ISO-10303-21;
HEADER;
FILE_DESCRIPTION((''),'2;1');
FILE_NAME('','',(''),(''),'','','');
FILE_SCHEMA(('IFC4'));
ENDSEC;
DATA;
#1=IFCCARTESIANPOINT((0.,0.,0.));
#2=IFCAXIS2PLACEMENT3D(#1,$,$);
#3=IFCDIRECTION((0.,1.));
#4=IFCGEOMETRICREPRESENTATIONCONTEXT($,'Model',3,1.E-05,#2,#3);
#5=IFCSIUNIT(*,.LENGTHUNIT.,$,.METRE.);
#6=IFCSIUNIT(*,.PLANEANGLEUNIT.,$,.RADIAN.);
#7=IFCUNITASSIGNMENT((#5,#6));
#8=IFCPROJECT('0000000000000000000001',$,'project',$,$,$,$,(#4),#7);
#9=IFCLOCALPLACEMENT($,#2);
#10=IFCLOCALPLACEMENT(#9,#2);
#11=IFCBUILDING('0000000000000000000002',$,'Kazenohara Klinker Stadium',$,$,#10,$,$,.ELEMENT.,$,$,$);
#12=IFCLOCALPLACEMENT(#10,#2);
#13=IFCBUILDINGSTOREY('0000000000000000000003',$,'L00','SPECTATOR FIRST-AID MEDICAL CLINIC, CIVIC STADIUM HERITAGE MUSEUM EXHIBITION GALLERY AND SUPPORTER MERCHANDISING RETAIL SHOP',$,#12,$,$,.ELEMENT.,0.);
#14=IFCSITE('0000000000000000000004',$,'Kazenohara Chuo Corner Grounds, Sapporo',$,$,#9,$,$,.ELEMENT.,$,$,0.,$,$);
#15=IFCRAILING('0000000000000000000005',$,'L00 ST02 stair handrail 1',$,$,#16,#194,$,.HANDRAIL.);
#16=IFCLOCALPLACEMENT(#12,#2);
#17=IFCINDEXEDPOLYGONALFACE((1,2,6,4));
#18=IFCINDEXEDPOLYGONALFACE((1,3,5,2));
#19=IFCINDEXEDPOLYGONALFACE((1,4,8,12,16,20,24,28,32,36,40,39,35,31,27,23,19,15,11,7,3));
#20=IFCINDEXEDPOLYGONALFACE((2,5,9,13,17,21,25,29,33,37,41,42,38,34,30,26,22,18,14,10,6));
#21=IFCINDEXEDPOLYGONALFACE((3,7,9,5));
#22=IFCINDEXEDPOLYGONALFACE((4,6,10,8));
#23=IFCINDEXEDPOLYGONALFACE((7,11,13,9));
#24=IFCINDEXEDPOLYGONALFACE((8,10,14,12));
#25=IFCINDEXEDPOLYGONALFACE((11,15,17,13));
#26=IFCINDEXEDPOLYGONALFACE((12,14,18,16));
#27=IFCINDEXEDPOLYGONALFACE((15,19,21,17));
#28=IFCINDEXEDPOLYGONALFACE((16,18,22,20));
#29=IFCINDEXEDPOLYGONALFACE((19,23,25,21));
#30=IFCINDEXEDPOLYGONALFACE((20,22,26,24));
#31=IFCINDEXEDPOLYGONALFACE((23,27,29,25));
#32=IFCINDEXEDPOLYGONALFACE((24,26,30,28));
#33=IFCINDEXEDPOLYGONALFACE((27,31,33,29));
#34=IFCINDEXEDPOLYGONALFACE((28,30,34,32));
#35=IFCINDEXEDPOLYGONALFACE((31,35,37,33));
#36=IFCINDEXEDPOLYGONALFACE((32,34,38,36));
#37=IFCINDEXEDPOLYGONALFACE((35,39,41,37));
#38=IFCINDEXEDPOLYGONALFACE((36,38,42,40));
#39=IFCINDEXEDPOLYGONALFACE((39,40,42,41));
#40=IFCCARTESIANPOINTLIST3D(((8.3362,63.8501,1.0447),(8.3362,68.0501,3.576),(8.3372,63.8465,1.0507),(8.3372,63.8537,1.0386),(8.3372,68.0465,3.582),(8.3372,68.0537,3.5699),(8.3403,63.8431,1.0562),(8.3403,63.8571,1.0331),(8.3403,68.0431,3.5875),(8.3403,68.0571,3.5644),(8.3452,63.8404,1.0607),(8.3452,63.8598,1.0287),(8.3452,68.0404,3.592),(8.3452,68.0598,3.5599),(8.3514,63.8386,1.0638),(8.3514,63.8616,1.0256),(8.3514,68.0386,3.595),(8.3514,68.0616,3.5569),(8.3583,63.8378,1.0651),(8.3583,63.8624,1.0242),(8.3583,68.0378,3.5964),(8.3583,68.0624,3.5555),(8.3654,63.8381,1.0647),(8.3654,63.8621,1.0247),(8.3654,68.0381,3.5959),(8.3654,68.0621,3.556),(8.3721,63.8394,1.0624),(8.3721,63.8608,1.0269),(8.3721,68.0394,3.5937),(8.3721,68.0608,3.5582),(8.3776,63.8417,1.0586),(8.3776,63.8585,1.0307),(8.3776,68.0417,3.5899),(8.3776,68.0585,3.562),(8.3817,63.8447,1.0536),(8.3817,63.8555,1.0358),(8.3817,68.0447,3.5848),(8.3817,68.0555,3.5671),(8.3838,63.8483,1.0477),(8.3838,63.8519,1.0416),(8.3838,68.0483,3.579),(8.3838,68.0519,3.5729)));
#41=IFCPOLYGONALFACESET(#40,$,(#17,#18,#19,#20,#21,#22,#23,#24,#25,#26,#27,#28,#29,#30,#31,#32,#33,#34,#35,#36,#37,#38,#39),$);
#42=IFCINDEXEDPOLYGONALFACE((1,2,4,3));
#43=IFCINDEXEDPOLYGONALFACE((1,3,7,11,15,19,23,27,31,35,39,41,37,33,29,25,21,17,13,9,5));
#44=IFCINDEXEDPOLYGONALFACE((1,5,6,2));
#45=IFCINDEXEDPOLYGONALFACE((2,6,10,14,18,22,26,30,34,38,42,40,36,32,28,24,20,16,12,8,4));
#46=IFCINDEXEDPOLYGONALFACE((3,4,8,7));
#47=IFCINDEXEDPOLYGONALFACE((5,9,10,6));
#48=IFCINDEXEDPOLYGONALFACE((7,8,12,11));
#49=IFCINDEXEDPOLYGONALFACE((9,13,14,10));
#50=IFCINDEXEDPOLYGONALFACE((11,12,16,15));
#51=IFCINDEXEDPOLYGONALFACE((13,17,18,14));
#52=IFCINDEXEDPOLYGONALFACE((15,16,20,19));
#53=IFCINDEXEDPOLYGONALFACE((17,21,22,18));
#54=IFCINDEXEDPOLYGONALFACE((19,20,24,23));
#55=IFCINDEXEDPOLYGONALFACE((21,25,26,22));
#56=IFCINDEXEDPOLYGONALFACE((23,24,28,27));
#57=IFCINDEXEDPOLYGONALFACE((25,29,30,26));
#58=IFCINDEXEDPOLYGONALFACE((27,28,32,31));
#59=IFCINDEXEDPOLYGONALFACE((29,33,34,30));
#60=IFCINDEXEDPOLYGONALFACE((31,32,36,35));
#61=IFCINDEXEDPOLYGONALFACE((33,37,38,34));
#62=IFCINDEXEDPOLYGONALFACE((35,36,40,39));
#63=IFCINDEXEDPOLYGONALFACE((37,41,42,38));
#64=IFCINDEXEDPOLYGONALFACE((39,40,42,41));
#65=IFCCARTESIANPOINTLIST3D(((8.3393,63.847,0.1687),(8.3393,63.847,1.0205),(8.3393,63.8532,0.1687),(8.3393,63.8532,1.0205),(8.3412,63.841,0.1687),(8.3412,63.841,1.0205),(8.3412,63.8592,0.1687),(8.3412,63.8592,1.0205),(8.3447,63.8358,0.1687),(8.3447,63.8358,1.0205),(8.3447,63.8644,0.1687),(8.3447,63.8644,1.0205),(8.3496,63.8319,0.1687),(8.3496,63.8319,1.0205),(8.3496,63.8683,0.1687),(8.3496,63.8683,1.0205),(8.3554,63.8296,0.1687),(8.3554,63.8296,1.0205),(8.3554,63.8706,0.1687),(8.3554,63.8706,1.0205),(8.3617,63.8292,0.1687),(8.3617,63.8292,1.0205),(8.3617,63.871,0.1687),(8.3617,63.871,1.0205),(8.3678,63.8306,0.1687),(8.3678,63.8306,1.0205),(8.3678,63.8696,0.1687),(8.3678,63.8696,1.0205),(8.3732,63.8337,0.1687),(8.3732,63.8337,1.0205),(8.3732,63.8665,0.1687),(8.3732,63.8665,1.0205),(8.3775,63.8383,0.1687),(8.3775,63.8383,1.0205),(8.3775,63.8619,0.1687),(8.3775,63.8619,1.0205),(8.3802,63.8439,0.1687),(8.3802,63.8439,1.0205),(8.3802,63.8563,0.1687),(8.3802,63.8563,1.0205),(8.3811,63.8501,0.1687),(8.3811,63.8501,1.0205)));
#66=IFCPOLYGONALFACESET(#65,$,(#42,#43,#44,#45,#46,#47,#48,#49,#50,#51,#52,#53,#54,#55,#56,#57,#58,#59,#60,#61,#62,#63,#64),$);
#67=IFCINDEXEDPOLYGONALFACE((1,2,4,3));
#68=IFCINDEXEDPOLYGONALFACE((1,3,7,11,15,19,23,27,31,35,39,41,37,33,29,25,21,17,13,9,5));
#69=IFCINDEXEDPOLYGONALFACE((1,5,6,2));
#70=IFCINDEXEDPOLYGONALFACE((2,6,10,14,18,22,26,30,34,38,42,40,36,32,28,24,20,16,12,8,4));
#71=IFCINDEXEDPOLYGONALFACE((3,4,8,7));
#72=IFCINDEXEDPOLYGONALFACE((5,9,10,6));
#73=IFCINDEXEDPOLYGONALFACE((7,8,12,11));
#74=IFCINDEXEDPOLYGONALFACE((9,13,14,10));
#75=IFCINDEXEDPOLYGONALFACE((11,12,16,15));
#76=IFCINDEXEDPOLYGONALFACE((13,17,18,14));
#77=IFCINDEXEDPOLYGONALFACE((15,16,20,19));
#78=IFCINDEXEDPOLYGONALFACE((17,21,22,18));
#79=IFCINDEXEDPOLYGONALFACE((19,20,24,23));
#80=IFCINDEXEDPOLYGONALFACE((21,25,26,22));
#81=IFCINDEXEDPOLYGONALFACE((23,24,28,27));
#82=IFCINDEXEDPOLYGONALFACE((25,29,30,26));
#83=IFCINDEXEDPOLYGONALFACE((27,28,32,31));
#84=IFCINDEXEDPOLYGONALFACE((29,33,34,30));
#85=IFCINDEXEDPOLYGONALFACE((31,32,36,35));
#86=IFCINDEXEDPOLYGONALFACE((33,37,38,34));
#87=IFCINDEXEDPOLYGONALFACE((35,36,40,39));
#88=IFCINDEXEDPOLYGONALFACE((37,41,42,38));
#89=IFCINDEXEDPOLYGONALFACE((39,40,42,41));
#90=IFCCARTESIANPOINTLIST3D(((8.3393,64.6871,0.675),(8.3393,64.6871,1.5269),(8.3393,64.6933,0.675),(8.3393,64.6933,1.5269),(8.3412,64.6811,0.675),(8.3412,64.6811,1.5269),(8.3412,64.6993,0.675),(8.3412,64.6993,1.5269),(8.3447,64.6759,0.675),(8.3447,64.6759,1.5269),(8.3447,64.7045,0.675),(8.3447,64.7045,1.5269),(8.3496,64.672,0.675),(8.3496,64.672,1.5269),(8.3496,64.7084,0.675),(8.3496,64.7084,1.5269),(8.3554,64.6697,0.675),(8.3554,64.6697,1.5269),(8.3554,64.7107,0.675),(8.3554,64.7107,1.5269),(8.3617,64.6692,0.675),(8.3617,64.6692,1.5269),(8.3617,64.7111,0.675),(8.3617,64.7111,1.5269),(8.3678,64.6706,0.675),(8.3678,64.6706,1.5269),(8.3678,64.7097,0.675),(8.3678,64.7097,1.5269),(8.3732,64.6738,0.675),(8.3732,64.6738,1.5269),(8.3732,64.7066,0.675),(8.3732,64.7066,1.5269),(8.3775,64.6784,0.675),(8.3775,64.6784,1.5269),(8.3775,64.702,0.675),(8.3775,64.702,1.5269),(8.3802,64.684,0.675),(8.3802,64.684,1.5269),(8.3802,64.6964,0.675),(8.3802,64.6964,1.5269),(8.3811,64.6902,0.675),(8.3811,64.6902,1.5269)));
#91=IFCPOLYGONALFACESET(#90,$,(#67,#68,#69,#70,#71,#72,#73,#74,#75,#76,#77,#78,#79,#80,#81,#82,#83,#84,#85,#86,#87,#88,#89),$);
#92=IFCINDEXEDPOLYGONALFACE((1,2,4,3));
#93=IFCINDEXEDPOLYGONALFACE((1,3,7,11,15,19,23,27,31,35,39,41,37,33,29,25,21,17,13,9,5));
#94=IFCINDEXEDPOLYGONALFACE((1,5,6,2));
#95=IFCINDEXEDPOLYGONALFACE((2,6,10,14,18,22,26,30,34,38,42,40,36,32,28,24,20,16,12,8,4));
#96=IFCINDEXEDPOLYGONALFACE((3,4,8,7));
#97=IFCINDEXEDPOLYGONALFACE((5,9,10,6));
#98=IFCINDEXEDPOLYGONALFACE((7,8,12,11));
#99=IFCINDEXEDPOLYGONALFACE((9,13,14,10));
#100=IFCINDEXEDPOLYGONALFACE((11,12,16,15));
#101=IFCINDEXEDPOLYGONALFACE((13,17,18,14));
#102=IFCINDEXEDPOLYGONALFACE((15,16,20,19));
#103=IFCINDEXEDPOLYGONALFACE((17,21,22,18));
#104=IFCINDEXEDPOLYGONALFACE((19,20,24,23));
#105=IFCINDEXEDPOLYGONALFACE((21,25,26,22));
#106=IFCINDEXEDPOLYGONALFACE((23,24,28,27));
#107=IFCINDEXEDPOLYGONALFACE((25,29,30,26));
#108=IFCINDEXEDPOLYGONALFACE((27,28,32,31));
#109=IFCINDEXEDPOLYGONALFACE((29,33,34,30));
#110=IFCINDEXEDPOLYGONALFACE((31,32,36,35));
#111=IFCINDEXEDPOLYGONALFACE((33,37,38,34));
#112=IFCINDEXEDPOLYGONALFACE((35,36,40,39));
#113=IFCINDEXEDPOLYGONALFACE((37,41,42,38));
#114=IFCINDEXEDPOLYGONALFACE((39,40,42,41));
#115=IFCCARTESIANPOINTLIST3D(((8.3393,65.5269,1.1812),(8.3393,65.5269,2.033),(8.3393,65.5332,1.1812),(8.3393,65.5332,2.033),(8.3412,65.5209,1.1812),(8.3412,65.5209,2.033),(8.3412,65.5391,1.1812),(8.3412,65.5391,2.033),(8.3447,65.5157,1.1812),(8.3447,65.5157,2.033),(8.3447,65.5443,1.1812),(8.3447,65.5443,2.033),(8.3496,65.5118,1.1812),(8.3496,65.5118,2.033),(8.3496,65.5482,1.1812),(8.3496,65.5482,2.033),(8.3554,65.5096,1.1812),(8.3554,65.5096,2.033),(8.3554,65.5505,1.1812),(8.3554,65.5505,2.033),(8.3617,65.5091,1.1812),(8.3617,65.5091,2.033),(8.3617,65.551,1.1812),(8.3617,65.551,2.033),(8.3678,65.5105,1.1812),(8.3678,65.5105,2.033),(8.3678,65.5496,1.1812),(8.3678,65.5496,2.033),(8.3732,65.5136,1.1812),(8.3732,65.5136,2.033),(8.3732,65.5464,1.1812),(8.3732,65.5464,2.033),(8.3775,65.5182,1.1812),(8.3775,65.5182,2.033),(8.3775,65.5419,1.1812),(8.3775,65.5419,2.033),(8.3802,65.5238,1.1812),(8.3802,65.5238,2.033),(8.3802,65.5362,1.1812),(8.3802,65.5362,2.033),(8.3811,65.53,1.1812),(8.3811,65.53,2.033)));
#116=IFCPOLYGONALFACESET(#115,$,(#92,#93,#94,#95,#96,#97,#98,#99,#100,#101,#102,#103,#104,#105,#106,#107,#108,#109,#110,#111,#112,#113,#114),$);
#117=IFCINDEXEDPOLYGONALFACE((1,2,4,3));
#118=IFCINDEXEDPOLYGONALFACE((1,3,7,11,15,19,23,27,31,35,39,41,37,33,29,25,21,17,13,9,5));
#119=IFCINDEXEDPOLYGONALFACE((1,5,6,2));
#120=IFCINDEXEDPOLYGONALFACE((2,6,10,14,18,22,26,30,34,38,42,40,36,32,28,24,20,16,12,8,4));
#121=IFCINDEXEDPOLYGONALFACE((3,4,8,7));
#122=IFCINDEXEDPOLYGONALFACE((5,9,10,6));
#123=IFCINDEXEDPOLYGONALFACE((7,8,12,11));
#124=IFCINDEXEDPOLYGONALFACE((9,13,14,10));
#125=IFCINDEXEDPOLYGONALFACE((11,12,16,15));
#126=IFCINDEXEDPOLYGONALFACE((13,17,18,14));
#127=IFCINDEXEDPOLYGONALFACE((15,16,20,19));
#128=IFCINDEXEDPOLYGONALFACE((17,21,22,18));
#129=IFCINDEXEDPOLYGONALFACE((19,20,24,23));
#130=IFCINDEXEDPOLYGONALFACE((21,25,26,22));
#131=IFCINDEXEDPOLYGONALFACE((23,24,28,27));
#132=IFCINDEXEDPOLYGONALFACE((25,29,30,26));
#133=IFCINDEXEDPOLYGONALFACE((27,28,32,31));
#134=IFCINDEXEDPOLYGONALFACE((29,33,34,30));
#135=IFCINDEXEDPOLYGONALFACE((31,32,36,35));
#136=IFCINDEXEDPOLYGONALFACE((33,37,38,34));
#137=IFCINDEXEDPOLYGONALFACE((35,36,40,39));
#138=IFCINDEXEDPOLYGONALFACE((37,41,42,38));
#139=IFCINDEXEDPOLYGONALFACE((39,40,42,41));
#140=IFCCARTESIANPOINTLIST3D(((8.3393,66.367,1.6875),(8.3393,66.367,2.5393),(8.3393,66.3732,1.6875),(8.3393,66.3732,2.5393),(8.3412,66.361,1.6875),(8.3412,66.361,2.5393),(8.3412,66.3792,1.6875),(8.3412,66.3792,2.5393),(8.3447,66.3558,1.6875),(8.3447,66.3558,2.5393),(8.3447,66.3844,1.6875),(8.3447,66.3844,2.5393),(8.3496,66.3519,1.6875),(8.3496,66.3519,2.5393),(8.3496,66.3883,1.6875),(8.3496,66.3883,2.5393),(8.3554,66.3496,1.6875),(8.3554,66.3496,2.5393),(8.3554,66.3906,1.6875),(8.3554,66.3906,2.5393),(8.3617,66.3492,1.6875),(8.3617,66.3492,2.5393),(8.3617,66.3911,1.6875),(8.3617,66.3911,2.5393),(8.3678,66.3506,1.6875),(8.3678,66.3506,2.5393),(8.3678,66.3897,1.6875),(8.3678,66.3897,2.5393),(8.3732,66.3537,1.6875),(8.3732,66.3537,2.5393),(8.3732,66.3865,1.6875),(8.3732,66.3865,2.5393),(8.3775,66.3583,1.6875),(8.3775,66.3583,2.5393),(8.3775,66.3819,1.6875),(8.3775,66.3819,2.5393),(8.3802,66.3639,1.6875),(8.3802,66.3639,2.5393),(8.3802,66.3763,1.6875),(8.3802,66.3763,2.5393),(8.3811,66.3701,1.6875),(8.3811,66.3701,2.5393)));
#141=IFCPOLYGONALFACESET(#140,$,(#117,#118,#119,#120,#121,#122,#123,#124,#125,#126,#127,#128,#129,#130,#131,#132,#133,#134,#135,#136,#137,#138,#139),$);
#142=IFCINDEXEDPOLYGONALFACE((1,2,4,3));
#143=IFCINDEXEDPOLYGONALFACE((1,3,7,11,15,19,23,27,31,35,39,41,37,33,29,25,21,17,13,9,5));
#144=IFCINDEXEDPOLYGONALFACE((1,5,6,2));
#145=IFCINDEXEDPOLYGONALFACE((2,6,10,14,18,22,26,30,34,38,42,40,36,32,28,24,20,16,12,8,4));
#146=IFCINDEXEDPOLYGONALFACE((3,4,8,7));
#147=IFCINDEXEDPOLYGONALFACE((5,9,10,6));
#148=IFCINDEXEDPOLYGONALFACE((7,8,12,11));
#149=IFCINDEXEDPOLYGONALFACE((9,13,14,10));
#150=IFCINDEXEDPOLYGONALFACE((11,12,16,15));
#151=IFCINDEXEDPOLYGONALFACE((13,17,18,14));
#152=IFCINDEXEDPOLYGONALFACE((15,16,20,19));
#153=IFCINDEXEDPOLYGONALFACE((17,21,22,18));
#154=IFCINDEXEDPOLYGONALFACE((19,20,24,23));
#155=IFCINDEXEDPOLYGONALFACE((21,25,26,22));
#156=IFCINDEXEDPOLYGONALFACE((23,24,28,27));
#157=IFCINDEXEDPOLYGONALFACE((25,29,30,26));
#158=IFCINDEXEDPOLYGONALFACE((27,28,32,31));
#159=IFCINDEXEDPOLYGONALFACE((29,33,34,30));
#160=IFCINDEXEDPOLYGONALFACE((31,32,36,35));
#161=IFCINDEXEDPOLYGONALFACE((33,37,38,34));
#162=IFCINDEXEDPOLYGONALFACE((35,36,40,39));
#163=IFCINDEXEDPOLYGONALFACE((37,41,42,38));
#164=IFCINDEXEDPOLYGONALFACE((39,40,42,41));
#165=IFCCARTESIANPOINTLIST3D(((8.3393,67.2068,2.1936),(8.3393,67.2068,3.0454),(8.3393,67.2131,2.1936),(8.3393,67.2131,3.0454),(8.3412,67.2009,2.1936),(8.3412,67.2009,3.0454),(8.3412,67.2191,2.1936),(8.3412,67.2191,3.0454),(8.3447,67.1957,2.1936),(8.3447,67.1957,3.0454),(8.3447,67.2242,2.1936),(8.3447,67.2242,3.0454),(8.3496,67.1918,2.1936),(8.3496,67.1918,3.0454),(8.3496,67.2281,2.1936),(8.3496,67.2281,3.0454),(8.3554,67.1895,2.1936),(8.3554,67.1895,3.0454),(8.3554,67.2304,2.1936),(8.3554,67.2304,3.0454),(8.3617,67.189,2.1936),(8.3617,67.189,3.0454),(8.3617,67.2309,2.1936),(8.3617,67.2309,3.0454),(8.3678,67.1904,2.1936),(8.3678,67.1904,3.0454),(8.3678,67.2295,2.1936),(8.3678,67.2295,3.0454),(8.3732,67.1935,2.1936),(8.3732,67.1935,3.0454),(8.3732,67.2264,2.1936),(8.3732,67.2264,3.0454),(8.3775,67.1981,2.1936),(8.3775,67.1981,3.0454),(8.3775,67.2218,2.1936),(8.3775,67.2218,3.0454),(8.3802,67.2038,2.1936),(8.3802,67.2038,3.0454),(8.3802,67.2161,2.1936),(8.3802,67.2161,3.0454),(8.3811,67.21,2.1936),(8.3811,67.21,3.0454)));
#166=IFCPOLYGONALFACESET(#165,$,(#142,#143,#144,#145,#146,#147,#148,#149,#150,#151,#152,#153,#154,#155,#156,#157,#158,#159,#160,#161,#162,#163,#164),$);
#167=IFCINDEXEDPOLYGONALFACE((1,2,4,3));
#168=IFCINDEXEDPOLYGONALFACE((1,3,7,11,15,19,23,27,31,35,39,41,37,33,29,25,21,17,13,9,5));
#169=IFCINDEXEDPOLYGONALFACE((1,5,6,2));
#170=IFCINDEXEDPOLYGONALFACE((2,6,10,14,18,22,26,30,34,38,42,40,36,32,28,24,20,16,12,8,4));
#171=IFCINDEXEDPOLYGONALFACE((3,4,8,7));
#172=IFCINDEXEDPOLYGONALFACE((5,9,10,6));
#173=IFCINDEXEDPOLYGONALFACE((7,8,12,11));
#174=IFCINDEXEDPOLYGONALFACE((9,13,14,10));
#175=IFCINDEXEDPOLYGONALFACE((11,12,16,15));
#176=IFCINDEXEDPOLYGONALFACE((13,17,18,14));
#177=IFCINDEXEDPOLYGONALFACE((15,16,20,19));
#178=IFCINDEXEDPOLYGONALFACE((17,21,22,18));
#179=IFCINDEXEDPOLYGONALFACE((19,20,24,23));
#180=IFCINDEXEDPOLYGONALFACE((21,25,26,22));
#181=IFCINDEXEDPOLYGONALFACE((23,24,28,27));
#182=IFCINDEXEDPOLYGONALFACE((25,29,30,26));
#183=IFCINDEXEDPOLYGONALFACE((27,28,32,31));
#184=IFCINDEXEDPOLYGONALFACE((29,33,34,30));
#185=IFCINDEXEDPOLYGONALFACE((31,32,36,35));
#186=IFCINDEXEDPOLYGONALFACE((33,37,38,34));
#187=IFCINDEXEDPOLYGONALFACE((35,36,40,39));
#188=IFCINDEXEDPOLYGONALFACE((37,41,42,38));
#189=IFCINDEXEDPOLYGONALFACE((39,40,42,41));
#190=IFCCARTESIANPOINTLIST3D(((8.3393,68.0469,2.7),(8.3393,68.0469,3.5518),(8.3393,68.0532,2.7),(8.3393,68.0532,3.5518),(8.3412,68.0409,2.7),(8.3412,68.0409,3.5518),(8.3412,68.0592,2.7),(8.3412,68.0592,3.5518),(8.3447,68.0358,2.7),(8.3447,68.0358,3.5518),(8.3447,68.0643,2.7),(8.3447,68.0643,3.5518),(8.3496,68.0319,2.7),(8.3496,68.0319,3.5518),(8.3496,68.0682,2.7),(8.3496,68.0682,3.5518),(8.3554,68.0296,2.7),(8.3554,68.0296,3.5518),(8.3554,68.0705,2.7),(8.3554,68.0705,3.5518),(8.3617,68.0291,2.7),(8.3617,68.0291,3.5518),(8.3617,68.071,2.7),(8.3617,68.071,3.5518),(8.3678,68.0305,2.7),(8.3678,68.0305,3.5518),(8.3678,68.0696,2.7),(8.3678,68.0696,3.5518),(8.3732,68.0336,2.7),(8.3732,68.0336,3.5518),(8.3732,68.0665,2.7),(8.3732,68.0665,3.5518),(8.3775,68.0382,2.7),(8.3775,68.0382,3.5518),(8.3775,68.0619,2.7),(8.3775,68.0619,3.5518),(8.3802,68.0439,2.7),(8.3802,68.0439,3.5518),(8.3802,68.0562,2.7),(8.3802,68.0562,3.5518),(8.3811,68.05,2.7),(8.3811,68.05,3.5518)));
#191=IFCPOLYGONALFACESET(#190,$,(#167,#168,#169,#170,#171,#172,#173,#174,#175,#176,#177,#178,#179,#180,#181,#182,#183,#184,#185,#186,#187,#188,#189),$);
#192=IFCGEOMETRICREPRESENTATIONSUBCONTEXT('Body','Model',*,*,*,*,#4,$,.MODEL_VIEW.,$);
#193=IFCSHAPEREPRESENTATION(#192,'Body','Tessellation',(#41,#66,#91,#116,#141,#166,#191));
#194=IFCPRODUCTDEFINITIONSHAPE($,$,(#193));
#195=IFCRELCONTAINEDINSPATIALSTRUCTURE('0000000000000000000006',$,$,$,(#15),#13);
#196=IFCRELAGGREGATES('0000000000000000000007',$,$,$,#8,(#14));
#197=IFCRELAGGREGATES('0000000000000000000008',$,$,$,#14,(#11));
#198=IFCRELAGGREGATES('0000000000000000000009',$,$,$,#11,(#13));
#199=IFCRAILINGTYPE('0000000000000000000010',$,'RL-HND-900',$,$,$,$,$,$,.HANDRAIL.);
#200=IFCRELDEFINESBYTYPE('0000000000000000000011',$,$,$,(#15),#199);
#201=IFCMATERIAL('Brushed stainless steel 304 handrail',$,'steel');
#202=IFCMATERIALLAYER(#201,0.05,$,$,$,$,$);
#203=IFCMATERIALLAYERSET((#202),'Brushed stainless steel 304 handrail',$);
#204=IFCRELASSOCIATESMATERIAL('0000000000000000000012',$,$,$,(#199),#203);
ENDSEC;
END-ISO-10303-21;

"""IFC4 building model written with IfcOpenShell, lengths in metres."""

from ifc_helpers import new_model, si_unit, direction, frame, origin, origin_2d, place, context, subcontext, project, spatial, circle, extrude, material, layer, layer_set, type_object, element, save


model = new_model("IFC4")

# Units and contexts
model_context = context("Model", 3, precision=1e-05, world=origin(), true_north=direction((0.0, 1.0)))
body_context = subcontext(model_context, "Body", "Model", "MODEL_VIEW")
ifc_project = project(units=[si_unit("LENGTHUNIT", "METRE"), si_unit("PLANEANGLEUNIT", "RADIAN")], contexts=[model_context])

# Site, building, storey
site_placement = place(None, origin())
site = spatial("IfcSite", under=ifc_project, at=site_placement, Name="Kazenohara Chuo Corner Grounds, Sapporo", CompositionType="ELEMENT", RefElevation=0.0)
building_placement = place(site_placement, origin())
building = spatial("IfcBuilding", under=site, at=building_placement, Name="Kazenohara Klinker Stadium", CompositionType="ELEMENT")
storey_placement = place(building_placement, origin())
storey = spatial("IfcBuildingStorey", under=building, at=storey_placement, Name="L00", Description="SPECTATOR FIRST-AID MEDICAL CLINIC, CIVIC STADIUM HERITAGE MUSEUM EXHIBITION GALLERY AND SUPPORTER MERCHANDISING RETAIL SHOP", CompositionType="ELEMENT", Elevation=0.0)

# Railing
ifc_material_1 = material(Name="Brushed stainless steel 304 handrail", Category="steel")
ifc_layer_1 = layer(ifc_material_1, 0.05)
ifc_layer_set_1 = layer_set([ifc_layer_1], Name="Brushed stainless steel 304 handrail")
railing_type_1 = type_object("IfcRailingType", Name="RL-HND-900", PredefinedType="HANDRAIL", material=ifc_layer_set_1)
railing_1_placement = place(storey_placement, frame((8.3601, 63.8501, 0.1687)))
element("IfcRailing", 1, at=railing_1_placement, inside=storey, type_object=railing_type_1, Name="L00 ST02 stair handrail 1", PredefinedType="HANDRAIL", context=body_context, shape_type="SweptSolid", body=[
    extrude(circle(Radius=0.0239, at=origin_2d()), frame((0.0, 0.0, 0.876), z_axis=(0.0, 0.856476, 0.516186), x_axis=(-1.0, 0.0, 0.0)), (0.0, 0.0, 1.0), 4.9038),
    extrude(circle(Radius=0.021, at=origin_2d()), origin(), (0.0, 0.0, 1.0), 0.8518),
    extrude(circle(Radius=0.021, at=origin_2d()), frame((0.0, 0.8401, 0.5063)), (0.0, 0.0, 1.0), 0.8518),
    extrude(circle(Radius=0.021, at=origin_2d()), frame((0.0, 1.6799, 1.0125)), (0.0, 0.0, 1.0), 0.8518),
    extrude(circle(Radius=0.021, at=origin_2d()), frame((0.0, 2.52, 1.5188)), (0.0, 0.0, 1.0), 0.8518),
    extrude(circle(Radius=0.021, at=origin_2d()), frame((0.0, 3.3599, 2.0249)), (0.0, 0.0, 1.0), 0.8518),
    extrude(circle(Radius=0.021, at=origin_2d()), frame((0.0, 4.2, 2.5312)), (0.0, 0.0, 1.0), 0.8518),
])

save(model, "model.ifc")
